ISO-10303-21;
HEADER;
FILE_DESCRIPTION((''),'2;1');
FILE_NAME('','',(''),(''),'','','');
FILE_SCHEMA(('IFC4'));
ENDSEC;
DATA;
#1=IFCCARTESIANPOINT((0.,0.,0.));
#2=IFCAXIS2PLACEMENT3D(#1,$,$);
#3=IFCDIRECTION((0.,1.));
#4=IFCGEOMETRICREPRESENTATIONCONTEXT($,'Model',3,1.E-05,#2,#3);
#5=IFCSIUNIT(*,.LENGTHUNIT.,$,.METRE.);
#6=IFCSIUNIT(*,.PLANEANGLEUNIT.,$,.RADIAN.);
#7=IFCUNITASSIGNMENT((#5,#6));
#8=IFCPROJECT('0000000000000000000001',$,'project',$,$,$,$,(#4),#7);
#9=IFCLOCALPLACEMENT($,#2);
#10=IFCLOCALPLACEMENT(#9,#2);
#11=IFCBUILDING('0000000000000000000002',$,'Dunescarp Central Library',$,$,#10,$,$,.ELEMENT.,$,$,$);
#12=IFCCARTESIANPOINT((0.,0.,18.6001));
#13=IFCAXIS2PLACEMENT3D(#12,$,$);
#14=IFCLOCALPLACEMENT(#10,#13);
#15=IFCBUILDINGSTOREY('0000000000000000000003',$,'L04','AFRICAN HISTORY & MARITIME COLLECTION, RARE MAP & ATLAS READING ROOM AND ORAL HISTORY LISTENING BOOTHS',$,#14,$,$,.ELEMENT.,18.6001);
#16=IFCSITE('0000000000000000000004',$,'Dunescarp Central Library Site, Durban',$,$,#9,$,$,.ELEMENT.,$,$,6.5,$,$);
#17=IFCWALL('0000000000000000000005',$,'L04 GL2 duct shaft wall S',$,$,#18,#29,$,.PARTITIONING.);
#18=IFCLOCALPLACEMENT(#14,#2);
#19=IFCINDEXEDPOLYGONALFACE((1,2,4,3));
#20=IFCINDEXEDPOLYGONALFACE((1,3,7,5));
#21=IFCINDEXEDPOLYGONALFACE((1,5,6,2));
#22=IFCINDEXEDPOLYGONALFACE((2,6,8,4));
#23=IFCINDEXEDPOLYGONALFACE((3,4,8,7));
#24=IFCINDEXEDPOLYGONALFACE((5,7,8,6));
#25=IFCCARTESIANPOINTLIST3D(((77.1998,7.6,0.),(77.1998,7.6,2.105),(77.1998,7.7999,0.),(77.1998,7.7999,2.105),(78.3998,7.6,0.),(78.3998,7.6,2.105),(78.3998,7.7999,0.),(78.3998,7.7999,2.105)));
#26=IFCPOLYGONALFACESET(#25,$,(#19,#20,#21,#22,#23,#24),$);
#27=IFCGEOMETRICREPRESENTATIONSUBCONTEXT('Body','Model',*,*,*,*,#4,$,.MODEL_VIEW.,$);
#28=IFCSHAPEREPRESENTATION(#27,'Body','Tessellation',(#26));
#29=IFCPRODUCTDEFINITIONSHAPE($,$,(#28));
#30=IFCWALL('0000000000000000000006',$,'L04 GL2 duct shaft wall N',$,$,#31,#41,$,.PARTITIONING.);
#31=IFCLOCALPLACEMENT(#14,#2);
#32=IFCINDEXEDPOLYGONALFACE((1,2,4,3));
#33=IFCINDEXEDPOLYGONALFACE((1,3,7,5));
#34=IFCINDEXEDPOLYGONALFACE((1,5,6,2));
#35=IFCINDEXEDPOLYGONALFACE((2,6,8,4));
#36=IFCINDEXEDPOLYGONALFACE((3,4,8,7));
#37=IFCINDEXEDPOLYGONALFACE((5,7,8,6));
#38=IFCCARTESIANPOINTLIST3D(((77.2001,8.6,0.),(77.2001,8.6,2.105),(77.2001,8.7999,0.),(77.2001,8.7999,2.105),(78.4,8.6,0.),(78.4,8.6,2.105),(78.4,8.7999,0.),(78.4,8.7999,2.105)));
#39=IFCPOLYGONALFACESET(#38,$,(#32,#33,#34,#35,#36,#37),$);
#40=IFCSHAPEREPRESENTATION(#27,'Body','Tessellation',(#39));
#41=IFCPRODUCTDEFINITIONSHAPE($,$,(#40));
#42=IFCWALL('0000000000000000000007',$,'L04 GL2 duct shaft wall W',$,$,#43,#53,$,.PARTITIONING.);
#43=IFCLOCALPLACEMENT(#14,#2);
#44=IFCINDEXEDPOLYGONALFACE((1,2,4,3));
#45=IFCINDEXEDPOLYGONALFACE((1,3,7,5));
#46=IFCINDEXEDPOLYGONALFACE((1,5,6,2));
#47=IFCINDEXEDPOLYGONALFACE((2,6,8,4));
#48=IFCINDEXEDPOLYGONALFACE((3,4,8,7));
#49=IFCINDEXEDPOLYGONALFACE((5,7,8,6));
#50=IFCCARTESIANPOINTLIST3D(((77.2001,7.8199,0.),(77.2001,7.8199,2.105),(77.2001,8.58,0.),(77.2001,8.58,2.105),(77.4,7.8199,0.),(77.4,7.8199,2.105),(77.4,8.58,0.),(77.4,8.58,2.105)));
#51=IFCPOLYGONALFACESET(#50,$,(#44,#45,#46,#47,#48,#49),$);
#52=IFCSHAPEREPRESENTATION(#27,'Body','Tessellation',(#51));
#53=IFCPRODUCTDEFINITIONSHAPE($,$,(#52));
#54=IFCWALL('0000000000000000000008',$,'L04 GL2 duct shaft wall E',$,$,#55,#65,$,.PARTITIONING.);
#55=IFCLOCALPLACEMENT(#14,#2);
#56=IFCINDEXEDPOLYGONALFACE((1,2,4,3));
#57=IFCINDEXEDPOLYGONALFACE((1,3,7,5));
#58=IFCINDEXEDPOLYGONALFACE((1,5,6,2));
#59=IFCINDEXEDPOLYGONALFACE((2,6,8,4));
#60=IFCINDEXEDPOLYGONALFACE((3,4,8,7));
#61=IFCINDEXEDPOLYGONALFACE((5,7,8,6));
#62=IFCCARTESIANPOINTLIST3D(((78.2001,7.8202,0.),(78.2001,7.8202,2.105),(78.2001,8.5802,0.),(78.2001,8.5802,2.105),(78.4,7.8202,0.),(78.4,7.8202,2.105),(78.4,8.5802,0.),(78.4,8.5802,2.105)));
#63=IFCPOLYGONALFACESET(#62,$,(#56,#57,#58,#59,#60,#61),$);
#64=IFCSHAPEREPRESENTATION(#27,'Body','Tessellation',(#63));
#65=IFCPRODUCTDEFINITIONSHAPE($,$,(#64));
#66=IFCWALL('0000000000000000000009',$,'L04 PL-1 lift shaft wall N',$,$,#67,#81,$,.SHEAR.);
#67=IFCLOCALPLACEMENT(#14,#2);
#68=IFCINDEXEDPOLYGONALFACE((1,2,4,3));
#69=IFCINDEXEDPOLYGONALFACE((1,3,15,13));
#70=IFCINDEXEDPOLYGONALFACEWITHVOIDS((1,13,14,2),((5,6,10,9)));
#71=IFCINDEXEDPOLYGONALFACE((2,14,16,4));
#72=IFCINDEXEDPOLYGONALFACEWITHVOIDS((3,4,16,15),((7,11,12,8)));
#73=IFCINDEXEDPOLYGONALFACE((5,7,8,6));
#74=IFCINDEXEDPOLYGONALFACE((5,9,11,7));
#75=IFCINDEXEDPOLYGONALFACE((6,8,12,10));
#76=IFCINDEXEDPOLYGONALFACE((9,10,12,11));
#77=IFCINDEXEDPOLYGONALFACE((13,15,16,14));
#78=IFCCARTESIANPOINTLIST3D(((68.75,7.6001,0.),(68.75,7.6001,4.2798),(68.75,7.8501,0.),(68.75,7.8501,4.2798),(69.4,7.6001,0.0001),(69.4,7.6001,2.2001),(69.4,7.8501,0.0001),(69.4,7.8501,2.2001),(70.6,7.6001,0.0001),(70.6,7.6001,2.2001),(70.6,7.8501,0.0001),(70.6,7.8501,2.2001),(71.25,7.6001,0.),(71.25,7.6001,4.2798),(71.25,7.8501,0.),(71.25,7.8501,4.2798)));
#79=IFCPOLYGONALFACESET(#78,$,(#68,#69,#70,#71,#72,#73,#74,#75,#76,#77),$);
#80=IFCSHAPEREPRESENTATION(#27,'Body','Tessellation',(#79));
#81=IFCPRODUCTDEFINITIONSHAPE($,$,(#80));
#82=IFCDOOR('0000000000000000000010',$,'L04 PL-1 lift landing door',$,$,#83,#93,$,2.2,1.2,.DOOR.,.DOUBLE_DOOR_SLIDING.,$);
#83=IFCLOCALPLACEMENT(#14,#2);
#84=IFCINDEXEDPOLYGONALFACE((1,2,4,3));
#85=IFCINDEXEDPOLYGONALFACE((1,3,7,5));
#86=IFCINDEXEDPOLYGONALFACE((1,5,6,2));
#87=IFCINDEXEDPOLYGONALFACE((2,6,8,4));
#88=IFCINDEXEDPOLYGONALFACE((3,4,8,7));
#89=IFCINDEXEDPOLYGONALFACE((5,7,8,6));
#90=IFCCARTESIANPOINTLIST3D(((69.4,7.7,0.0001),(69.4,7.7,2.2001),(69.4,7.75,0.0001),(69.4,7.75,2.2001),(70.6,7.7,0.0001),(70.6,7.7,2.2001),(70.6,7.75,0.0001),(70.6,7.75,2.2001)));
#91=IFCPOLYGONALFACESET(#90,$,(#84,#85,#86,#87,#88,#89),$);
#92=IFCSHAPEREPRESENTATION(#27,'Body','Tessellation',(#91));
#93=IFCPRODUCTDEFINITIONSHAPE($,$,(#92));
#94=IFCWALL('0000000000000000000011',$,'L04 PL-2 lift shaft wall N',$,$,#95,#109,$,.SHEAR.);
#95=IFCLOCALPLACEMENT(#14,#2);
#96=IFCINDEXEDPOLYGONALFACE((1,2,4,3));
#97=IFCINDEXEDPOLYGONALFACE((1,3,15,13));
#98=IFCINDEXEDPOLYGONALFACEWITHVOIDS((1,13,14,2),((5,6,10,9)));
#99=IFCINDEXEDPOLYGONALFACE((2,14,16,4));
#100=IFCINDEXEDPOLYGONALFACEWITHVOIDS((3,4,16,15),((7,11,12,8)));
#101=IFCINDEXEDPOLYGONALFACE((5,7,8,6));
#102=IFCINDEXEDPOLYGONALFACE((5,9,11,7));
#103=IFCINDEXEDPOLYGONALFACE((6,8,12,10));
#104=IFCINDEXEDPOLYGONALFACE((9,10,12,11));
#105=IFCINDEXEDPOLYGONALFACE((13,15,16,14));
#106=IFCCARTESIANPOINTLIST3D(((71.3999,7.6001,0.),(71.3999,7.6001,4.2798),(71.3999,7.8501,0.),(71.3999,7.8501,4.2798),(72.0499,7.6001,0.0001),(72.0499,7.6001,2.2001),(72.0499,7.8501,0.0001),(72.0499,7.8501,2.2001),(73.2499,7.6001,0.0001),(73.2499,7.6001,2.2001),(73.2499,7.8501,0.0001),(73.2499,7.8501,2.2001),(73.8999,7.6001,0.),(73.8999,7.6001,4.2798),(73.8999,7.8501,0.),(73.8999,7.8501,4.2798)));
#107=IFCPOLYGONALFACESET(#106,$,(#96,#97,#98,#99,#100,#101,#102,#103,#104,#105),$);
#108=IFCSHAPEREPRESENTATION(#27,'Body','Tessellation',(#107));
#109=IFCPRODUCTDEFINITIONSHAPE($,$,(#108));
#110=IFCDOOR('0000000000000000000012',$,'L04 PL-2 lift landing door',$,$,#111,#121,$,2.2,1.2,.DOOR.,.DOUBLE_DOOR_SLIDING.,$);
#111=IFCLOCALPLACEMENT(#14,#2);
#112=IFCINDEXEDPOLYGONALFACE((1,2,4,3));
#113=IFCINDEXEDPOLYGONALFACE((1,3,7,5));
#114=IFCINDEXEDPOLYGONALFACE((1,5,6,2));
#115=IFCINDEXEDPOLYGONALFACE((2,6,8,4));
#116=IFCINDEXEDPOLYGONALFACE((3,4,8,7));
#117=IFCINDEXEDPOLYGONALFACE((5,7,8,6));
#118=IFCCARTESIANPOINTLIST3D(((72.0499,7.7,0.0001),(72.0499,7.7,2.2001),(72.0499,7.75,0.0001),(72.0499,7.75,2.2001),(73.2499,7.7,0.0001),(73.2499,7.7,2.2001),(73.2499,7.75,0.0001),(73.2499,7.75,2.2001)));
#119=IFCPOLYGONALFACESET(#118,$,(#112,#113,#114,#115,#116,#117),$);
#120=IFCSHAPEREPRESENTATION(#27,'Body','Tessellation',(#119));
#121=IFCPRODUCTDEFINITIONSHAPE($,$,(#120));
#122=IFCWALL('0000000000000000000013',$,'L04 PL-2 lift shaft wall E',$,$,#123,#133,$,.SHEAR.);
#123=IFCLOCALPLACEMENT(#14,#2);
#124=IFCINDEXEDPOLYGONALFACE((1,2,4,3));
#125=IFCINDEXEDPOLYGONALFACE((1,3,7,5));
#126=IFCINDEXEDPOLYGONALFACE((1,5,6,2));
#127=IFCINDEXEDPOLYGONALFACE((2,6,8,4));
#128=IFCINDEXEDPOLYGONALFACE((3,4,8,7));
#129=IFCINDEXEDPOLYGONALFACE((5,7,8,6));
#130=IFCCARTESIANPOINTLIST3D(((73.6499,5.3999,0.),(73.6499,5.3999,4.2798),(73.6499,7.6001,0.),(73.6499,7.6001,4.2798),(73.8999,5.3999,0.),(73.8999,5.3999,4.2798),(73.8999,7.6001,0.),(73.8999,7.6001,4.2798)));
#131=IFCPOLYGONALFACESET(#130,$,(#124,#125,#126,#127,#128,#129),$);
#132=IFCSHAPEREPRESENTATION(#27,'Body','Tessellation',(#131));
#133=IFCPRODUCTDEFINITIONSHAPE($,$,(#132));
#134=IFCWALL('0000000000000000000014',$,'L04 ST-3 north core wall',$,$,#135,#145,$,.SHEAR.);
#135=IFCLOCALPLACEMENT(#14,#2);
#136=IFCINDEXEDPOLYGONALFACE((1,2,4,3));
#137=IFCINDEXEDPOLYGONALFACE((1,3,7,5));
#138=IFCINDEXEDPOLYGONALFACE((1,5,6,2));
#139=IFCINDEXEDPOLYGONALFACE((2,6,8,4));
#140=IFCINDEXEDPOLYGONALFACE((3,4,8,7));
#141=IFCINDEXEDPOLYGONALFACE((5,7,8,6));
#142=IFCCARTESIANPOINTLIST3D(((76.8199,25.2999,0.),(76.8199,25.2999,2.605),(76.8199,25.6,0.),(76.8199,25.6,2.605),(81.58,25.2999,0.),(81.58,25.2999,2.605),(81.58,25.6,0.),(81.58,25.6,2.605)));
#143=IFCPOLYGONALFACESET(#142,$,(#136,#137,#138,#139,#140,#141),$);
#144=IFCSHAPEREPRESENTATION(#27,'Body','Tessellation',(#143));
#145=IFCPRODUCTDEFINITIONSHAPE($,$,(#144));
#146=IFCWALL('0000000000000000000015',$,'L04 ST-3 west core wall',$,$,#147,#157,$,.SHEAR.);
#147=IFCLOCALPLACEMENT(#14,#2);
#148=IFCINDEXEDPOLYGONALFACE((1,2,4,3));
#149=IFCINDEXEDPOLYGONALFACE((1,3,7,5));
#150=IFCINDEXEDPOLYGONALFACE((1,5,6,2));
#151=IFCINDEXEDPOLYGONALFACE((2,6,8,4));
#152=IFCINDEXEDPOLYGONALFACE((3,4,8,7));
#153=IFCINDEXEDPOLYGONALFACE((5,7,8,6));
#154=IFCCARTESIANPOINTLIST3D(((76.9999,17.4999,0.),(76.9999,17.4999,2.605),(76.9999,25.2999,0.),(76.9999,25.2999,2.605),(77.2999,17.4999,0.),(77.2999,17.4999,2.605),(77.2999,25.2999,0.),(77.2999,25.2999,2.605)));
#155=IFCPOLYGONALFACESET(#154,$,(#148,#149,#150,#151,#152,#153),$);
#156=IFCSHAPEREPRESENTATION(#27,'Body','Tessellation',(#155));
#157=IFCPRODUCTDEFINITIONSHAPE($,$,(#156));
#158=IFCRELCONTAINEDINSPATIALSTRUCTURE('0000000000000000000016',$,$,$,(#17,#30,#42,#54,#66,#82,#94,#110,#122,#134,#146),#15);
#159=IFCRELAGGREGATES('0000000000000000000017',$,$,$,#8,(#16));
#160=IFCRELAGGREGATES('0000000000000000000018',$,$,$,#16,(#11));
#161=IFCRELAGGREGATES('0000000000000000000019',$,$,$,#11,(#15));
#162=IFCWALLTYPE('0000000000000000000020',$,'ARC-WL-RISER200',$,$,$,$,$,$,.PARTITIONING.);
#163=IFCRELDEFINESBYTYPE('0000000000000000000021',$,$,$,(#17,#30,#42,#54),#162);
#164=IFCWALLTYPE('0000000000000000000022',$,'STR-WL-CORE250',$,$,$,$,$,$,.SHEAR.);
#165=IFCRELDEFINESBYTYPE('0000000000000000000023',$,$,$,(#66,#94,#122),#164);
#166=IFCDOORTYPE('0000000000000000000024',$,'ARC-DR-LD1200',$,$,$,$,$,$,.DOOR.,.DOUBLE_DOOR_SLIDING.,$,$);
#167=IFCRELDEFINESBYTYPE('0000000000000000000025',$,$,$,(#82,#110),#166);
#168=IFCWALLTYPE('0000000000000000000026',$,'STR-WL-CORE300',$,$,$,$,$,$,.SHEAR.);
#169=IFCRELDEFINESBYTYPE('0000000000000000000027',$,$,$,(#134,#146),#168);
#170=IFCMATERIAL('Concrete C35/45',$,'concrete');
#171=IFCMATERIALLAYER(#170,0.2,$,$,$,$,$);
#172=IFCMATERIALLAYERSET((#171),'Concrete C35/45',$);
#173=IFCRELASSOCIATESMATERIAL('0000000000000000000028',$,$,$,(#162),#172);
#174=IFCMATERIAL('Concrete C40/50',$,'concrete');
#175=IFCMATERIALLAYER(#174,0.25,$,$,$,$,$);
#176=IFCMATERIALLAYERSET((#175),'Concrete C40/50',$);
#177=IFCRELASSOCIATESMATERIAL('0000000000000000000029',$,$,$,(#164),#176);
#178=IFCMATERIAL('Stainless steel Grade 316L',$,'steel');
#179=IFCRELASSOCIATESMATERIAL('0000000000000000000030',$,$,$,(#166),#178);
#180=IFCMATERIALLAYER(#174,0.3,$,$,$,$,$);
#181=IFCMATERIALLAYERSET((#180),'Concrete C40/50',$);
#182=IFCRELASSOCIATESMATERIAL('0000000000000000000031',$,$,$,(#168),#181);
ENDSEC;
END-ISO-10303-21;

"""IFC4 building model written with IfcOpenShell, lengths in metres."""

from ifc_helpers import new_model, si_unit, direction, frame, frame_2d, origin, place, context, subcontext, project, spatial, rectangle, extrude, material, layer, layer_set, type_object, element, fill, save


model = new_model("IFC4")

# Units and contexts
model_context = context("Model", 3, precision=1e-05, world=origin(), true_north=direction((0.0, 1.0)))
body_context = subcontext(model_context, "Body", "Model", "MODEL_VIEW")
ifc_project = project(units=[si_unit("LENGTHUNIT", "METRE"), si_unit("PLANEANGLEUNIT", "RADIAN")], contexts=[model_context])

# Site, building, storey
site_placement = place(None, origin())
site = spatial("IfcSite", under=ifc_project, at=site_placement, Name="Dunescarp Central Library Site, Durban", CompositionType="ELEMENT", RefElevation=6.5)
building_placement = place(site_placement, origin())
building = spatial("IfcBuilding", under=site, at=building_placement, Name="Dunescarp Central Library", CompositionType="ELEMENT")
storey_placement = place(building_placement, frame((0.0, 0.0, 18.6001)))
storey = spatial("IfcBuildingStorey", under=building, at=storey_placement, Name="L04", Description="AFRICAN HISTORY & MARITIME COLLECTION, RARE MAP & ATLAS READING ROOM AND ORAL HISTORY LISTENING BOOTHS", CompositionType="ELEMENT", Elevation=18.6001)

# Walls
ifc_material_1 = material(Name="Concrete C35/45", Category="concrete")
ifc_layer_1 = layer(ifc_material_1, 0.2)
ifc_layer_set_1 = layer_set([ifc_layer_1], Name="Concrete C35/45")
wall_type_1 = type_object("IfcWallType", Name="ARC-WL-RISER200", PredefinedType="PARTITIONING", material=ifc_layer_set_1)
for number, where, z_axis, x_axis, name in (
    (1, (78.3999, 7.7, 0.0), (0.0, 0.0, 1.0), (-1.0, 0.0, 0.0), "L04 GL2 duct shaft wall S"),
    (2, (77.2, 8.7, 0.0), (0.0, 0.0, 1.0), (1.0, 0.0, 0.0), "L04 GL2 duct shaft wall N"),
):
    element("IfcWall", number, at=place(storey_placement, frame(where, z_axis=z_axis, x_axis=x_axis)), inside=storey, type_object=wall_type_1, Name=name, PredefinedType="PARTITIONING", context=body_context, shape_type="SweptSolid", body=[
        extrude(rectangle(XDim=1.2, YDim=0.2, at=frame_2d((0.6001, 0.0))), origin(), (0.0, 0.0, 1.0), 2.105),
    ])
for number, where, z_axis, x_axis, name in (
    (3, (77.3, 7.8201, 0.0), (0.0, 0.0, 1.0), (0.0, 1.0, 0.0), "L04 GL2 duct shaft wall W"),
    (4, (78.3, 8.5801, 0.0), (0.0, 0.0, 1.0), (0.0, -1.0, 0.0), "L04 GL2 duct shaft wall E"),
):
    element("IfcWall", number, at=place(storey_placement, frame(where, z_axis=z_axis, x_axis=x_axis)), inside=storey, type_object=wall_type_1, Name=name, PredefinedType="PARTITIONING", context=body_context, shape_type="SweptSolid", body=[
        extrude(rectangle(XDim=0.76, YDim=0.2, at=frame_2d((0.3799, 0.0))), origin(), (0.0, 0.0, 1.0), 2.105),
    ])

# Walls, openings, doors
ifc_material_2 = material(Name="Concrete C40/50", Category="concrete")
ifc_layer_2 = layer(ifc_material_2, 0.25)
ifc_layer_set_2 = layer_set([ifc_layer_2], Name="Concrete C40/50")
wall_type_2 = type_object("IfcWallType", Name="STR-WL-CORE250", PredefinedType="SHEAR", material=ifc_layer_set_2)
wall_1_placement = place(storey_placement, frame((68.75, 7.7251, 0.0), z_axis=(0.0, 0.0, 1.0), x_axis=(1.0, 0.0, 0.0)))
wall_1 = element("IfcWall", 5, at=wall_1_placement, inside=storey, type_object=wall_type_2, Name="L04 PL-1 lift shaft wall N", PredefinedType="SHEAR", context=body_context, shape_type="SweptSolid", body=[
    extrude(rectangle(XDim=2.5, YDim=0.25, at=frame_2d((1.25, 0.0))), origin(), (0.0, 0.0, 1.0), 4.2798),
])
opening_1_placement = place(wall_1_placement, frame((0.6499, 0.0, 0.0)))
opening_1 = element("IfcOpeningElement", 6, at=opening_1_placement, cuts=wall_1, PredefinedType="OPENING", context=body_context, shape_type="SweptSolid", body=[
    extrude(rectangle(XDim=1.2, YDim=2.2, at=frame_2d((0.6001, 1.1001))), frame((0.0, 0.135, 0.0), z_axis=(0.0, -1.0, 0.0), x_axis=(1.0, 0.0, 0.0)), (0.0, 0.0, 1.0), 0.27),
])
ifc_material_3 = material(Name="Stainless steel Grade 316L", Category="steel")
door_type_1 = type_object("IfcDoorType", Name="ARC-DR-LD1200", OperationType="DOUBLE_DOOR_SLIDING", PredefinedType="DOOR", material=ifc_material_3)
door_1_placement = place(opening_1_placement, origin())
door_1 = element("IfcDoor", 7, at=door_1_placement, inside=storey, type_object=door_type_1, Name="L04 PL-1 lift landing door", OperationType="DOUBLE_DOOR_SLIDING", OverallHeight=2.2, OverallWidth=1.2, PredefinedType="DOOR", context=body_context, shape_type="SweptSolid", body=[
    extrude(rectangle(XDim=1.2, YDim=2.2, at=frame_2d((0.6001, 1.1001))), frame((0.0, 0.0249, 0.0), z_axis=(0.0, -1.0, 0.0), x_axis=(1.0, 0.0, 0.0)), (0.0, 0.0, 1.0), 0.05),
])
fill(opening_1, door_1)
wall_2_placement = place(storey_placement, frame((71.3999, 7.7251, 0.0), z_axis=(0.0, 0.0, 1.0), x_axis=(1.0, 0.0, 0.0)))
wall_2 = element("IfcWall", 8, at=wall_2_placement, inside=storey, type_object=wall_type_2, Name="L04 PL-2 lift shaft wall N", PredefinedType="SHEAR", context=body_context, shape_type="SweptSolid", body=[
    extrude(rectangle(XDim=2.5, YDim=0.25, at=frame_2d((1.25, 0.0))), origin(), (0.0, 0.0, 1.0), 4.2798),
])
opening_2_placement = place(wall_2_placement, frame((0.6499, 0.0, 0.0)))
opening_2 = element("IfcOpeningElement", 9, at=opening_2_placement, cuts=wall_2, PredefinedType="OPENING", context=body_context, shape_type="SweptSolid", body=[
    extrude(rectangle(XDim=1.2, YDim=2.2, at=frame_2d((0.6001, 1.1001))), frame((0.0, 0.135, 0.0), z_axis=(0.0, -1.0, 0.0), x_axis=(1.0, 0.0, 0.0)), (0.0, 0.0, 1.0), 0.27),
])
door_2_placement = place(opening_2_placement, origin())
door_2 = element("IfcDoor", 10, at=door_2_placement, inside=storey, type_object=door_type_1, Name="L04 PL-2 lift landing door", OperationType="DOUBLE_DOOR_SLIDING", OverallHeight=2.2, OverallWidth=1.2, PredefinedType="DOOR", context=body_context, shape_type="SweptSolid", body=[
    extrude(rectangle(XDim=1.2, YDim=2.2, at=frame_2d((0.6001, 1.1001))), frame((0.0, 0.0249, 0.0), z_axis=(0.0, -1.0, 0.0), x_axis=(1.0, 0.0, 0.0)), (0.0, 0.0, 1.0), 0.05),
])
fill(opening_2, door_2)

# Walls
wall_3_placement = place(storey_placement, frame((73.7749, 7.6001, 0.0), z_axis=(0.0, 0.0, 1.0), x_axis=(0.0, -1.0, 0.0)))
element("IfcWall", 11, at=wall_3_placement, inside=storey, type_object=wall_type_2, Name="L04 PL-2 lift shaft wall E", PredefinedType="SHEAR", context=body_context, shape_type="SweptSolid", body=[
    extrude(rectangle(XDim=2.2002, YDim=0.25, at=frame_2d((1.1001, 0.0))), origin(), (0.0, 0.0, 1.0), 4.2798),
])
ifc_layer_3 = layer(ifc_material_2, 0.3)
ifc_layer_set_3 = layer_set([ifc_layer_3], Name="Concrete C40/50")
wall_type_3 = type_object("IfcWallType", Name="STR-WL-CORE300", PredefinedType="SHEAR", material=ifc_layer_set_3)
wall_4_placement = place(storey_placement, frame((76.8201, 25.45, 0.0), z_axis=(0.0, 0.0, 1.0), x_axis=(1.0, 0.0, 0.0)))
element("IfcWall", 12, at=wall_4_placement, inside=storey, type_object=wall_type_3, Name="L04 ST-3 north core wall", PredefinedType="SHEAR", context=body_context, shape_type="SweptSolid", body=[
    extrude(rectangle(XDim=4.76, YDim=0.3, at=frame_2d((2.3799, 0.0))), origin(), (0.0, 0.0, 1.0), 2.605),
])
wall_5_placement = place(storey_placement, frame((77.1499, 17.5, 0.0), z_axis=(0.0, 0.0, 1.0), x_axis=(0.0, 1.0, 0.0)))
element("IfcWall", 13, at=wall_5_placement, inside=storey, type_object=wall_type_3, Name="L04 ST-3 west core wall", PredefinedType="SHEAR", context=body_context, shape_type="SweptSolid", body=[
    extrude(rectangle(XDim=7.8, YDim=0.3, at=frame_2d((3.8999, 0.0))), origin(), (0.0, 0.0, 1.0), 2.605),
])

save(model, "model.ifc")
